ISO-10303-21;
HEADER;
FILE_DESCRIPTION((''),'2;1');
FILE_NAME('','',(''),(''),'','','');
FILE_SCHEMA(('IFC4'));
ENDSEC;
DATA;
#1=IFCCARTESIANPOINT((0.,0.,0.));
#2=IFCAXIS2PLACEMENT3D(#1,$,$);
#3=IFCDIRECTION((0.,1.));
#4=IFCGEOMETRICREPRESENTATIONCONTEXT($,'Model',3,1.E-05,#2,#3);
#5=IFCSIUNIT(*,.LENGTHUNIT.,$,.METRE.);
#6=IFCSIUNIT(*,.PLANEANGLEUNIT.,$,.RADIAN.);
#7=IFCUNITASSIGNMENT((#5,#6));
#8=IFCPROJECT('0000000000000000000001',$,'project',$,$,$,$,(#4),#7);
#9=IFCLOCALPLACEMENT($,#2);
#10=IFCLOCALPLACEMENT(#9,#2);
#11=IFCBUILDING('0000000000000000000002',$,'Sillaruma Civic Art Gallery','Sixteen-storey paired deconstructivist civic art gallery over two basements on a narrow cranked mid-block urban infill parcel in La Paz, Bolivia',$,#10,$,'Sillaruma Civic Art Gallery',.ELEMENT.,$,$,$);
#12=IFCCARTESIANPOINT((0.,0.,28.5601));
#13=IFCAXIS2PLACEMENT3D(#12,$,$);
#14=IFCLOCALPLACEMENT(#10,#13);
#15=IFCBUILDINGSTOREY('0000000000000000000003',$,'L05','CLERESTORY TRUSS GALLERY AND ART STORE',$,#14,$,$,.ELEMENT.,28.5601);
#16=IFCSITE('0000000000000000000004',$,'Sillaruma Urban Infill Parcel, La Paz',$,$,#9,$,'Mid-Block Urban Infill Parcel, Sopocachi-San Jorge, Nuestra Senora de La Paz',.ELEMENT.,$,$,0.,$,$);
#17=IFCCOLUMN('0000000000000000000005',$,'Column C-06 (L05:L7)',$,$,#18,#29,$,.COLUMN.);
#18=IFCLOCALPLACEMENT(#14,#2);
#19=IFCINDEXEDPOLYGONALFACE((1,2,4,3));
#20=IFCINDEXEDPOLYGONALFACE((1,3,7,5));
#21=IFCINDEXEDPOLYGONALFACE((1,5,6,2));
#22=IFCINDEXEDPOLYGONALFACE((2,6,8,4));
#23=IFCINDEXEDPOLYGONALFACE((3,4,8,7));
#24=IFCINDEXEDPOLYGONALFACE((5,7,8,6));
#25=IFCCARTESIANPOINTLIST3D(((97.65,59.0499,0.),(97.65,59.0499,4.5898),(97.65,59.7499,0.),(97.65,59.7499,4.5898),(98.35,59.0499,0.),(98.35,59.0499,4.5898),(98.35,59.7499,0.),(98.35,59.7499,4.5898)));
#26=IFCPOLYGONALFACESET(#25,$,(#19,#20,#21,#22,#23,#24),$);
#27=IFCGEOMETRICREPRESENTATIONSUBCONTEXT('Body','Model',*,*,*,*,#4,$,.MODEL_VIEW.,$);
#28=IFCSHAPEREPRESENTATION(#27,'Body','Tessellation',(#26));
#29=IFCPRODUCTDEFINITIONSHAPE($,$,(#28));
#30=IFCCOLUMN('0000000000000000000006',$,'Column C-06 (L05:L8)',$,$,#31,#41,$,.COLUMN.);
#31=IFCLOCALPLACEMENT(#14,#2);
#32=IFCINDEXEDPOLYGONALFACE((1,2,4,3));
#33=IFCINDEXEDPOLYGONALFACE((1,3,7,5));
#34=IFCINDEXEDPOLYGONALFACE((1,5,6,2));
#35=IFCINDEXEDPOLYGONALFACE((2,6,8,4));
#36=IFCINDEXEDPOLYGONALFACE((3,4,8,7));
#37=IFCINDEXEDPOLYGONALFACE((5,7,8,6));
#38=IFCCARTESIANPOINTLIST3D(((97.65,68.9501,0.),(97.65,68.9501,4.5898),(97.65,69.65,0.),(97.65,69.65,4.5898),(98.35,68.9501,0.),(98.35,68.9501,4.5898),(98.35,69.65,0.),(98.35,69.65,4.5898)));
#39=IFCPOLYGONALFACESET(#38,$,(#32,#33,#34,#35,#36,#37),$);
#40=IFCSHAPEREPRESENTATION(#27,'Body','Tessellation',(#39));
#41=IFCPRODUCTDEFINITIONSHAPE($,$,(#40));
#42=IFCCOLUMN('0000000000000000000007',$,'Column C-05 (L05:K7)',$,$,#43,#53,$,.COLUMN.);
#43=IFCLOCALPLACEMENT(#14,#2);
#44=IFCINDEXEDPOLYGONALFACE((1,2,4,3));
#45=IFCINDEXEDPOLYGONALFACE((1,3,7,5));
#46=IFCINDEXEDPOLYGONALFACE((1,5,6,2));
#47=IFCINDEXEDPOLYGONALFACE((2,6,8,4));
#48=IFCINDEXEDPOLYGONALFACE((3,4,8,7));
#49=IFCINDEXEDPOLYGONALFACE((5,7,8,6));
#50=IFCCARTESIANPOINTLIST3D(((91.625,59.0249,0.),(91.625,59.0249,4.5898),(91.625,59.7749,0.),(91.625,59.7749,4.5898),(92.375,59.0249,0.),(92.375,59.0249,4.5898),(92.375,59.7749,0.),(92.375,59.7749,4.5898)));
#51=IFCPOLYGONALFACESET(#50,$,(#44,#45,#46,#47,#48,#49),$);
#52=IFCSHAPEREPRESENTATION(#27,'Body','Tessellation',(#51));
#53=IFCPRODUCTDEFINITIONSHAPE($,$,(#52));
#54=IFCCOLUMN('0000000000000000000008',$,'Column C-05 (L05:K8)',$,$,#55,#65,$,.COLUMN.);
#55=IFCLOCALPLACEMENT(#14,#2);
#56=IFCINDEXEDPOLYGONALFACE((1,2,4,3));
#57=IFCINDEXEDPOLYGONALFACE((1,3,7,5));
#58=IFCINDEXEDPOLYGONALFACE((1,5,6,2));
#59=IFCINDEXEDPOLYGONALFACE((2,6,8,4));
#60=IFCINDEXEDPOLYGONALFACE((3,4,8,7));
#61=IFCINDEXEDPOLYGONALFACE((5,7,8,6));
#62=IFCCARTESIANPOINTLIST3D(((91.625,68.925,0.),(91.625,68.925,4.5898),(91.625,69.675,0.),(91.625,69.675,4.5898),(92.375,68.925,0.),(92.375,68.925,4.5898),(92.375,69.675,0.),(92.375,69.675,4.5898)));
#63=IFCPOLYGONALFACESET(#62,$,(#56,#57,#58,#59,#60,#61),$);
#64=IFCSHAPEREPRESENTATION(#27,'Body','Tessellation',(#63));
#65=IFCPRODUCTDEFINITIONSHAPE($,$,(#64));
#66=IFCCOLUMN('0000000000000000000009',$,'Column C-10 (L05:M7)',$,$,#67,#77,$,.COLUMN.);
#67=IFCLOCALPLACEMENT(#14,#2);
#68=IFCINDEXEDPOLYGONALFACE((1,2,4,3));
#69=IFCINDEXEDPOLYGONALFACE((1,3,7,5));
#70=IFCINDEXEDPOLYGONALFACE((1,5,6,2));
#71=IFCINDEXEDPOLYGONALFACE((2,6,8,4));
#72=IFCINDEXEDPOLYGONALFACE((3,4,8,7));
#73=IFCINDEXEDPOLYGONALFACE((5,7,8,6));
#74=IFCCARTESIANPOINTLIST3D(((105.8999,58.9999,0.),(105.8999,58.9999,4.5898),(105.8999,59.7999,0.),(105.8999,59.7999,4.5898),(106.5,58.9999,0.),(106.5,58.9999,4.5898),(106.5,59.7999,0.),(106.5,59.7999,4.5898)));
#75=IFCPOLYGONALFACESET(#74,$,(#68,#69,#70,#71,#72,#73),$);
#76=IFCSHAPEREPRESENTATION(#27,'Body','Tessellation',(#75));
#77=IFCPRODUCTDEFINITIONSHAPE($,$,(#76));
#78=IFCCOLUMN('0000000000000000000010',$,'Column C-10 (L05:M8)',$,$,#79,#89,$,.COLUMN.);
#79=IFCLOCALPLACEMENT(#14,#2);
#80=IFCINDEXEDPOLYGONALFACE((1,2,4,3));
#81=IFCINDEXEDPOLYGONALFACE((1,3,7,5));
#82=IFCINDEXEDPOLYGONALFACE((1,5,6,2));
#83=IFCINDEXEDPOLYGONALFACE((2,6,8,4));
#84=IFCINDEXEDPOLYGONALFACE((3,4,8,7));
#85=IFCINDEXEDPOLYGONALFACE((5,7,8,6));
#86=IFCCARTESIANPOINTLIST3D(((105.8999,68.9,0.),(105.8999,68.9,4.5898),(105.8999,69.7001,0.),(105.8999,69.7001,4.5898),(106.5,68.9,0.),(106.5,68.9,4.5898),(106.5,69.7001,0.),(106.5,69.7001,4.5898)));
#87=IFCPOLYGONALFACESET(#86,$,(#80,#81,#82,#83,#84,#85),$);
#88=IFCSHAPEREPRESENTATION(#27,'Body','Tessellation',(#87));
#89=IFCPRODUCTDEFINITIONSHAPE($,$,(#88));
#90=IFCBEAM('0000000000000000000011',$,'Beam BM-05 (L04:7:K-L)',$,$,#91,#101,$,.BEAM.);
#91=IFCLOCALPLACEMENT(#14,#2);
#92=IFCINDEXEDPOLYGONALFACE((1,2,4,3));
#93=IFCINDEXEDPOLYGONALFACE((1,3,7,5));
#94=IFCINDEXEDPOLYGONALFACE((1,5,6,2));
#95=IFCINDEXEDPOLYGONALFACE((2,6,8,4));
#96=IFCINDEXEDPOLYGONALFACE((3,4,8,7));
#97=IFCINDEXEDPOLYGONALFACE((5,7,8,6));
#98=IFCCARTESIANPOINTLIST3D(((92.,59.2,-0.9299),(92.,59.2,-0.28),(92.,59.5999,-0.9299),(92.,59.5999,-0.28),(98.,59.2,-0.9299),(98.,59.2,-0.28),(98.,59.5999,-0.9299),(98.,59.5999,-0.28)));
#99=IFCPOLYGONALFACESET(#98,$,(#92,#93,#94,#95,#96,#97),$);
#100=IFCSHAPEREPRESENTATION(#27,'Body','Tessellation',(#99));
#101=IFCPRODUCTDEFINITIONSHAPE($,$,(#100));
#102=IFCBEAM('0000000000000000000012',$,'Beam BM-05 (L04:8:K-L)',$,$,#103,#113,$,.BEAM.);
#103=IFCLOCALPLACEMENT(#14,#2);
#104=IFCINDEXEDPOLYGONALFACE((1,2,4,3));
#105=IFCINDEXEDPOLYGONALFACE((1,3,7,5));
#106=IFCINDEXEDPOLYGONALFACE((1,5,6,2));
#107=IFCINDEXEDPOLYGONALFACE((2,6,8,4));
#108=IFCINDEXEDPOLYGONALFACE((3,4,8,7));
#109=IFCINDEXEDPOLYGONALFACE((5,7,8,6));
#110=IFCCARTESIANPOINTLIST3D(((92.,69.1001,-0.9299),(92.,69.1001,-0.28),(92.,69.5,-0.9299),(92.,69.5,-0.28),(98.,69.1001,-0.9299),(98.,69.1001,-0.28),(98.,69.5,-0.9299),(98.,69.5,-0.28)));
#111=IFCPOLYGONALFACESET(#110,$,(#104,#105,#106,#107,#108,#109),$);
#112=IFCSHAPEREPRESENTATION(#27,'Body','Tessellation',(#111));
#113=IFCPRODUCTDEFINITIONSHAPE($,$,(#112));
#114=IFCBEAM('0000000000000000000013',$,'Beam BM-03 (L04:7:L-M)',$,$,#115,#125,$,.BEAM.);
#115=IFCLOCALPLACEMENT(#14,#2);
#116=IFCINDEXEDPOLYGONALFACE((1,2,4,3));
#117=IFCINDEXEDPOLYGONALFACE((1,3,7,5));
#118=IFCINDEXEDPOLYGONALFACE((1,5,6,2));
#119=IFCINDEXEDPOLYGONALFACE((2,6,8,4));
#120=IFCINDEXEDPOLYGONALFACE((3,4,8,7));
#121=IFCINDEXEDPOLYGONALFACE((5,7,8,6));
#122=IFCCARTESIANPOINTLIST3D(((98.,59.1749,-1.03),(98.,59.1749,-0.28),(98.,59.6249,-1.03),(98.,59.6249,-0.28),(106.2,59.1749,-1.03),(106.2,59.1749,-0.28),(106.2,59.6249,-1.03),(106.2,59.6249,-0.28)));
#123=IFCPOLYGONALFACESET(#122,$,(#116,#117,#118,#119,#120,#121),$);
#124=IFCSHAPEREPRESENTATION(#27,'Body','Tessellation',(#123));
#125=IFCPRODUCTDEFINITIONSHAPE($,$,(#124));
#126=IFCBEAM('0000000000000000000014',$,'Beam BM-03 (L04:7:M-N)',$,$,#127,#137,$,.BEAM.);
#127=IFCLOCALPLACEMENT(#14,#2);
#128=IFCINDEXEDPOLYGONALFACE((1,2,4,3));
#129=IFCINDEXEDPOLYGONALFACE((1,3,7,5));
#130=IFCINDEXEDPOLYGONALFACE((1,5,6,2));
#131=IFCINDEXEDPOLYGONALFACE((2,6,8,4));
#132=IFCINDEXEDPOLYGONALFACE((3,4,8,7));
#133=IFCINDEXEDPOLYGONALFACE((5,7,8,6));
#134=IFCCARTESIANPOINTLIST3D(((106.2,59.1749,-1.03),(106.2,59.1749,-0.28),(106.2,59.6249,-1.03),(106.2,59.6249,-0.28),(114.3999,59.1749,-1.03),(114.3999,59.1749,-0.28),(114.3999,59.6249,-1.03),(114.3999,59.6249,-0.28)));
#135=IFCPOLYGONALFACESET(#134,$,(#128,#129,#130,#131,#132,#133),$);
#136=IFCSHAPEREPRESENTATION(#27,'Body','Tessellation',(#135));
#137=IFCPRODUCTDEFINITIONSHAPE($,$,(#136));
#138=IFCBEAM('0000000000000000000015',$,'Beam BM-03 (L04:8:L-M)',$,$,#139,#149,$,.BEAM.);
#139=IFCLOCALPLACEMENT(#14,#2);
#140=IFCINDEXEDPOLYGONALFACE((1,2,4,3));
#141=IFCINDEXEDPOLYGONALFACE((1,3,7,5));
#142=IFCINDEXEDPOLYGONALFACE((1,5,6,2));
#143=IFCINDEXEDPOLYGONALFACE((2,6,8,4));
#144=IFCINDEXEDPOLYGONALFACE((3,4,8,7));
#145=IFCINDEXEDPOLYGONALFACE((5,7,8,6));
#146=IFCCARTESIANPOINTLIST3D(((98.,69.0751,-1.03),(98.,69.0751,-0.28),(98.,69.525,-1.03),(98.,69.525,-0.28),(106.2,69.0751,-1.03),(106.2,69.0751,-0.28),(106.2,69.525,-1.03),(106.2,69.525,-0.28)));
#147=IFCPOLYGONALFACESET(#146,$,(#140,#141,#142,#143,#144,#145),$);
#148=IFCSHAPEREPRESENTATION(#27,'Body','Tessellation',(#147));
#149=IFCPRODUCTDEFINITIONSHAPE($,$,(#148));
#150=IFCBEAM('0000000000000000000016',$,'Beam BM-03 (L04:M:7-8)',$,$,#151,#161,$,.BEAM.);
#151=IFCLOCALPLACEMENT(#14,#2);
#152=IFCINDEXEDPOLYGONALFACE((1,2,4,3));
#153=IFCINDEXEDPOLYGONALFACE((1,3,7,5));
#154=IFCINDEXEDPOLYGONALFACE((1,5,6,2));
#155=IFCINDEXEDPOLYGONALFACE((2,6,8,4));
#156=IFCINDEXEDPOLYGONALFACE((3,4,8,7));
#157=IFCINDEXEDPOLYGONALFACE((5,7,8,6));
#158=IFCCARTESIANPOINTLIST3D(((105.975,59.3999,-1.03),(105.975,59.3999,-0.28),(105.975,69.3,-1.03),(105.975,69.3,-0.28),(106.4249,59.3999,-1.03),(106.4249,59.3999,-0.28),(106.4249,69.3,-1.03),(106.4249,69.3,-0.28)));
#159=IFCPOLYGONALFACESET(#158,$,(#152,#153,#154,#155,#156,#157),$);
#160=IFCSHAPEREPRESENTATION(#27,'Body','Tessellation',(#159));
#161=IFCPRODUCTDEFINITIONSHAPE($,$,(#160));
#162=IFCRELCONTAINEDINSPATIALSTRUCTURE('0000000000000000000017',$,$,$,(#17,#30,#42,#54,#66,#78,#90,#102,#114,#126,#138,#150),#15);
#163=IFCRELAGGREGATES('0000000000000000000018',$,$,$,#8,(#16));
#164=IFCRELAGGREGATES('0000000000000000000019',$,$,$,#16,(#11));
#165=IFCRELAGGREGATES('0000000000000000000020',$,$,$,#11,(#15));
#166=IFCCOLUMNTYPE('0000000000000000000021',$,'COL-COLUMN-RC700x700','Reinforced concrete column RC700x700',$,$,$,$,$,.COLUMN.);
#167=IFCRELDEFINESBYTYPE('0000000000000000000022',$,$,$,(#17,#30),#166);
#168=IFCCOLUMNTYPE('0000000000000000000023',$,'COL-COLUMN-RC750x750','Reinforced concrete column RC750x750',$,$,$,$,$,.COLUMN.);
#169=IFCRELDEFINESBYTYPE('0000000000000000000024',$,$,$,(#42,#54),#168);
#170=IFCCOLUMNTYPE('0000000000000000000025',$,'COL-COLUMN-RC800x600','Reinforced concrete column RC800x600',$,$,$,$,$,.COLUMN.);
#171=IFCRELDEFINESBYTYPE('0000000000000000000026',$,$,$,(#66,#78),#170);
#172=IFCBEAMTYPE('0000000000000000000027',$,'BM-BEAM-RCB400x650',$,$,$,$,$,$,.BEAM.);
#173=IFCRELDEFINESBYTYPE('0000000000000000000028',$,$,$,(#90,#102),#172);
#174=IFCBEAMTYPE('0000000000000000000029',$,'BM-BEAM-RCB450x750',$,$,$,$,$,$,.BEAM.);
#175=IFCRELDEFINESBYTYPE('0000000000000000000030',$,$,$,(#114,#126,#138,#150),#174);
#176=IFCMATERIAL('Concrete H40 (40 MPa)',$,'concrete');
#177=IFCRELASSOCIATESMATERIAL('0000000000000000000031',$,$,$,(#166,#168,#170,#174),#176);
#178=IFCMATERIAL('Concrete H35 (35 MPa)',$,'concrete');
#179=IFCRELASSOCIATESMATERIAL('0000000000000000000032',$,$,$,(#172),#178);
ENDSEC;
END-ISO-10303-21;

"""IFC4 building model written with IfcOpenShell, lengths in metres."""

from ifc_helpers import new_model, si_unit, direction, frame, origin, origin_2d, place, context, subcontext, project, spatial, rectangle, extrude, material, material_profile, profile_set, type_object, element, save


model = new_model("IFC4")

# Units and contexts
model_context = context("Model", 3, precision=1e-05, world=origin(), true_north=direction((0.0, 1.0)))
body_context = subcontext(model_context, "Body", "Model", "MODEL_VIEW")
ifc_project = project(units=[si_unit("LENGTHUNIT", "METRE"), si_unit("PLANEANGLEUNIT", "RADIAN")], contexts=[model_context])

# Site, building, storey
site_placement = place(None, origin())
site = spatial("IfcSite", under=ifc_project, at=site_placement, Name="Sillaruma Urban Infill Parcel, La Paz", LongName="Mid-Block Urban Infill Parcel, Sopocachi-San Jorge, Nuestra Senora de La Paz", CompositionType="ELEMENT", RefElevation=0.0)
building_placement = place(site_placement, origin())
building = spatial("IfcBuilding", under=site, at=building_placement, Name="Sillaruma Civic Art Gallery", Description="Sixteen-storey paired deconstructivist civic art gallery over two basements on a narrow cranked mid-block urban infill parcel in La Paz, Bolivia", LongName="Sillaruma Civic Art Gallery", CompositionType="ELEMENT")
storey_placement = place(building_placement, frame((0.0, 0.0, 28.5601)))
storey = spatial("IfcBuildingStorey", under=building, at=storey_placement, Name="L05", Description="CLERESTORY TRUSS GALLERY AND ART STORE", CompositionType="ELEMENT", Elevation=28.5601)

# Columns
ifc_material_1 = material(Name="Concrete H40 (40 MPa)", Category="concrete")
ifc_material_profile_1 = material_profile(ifc_material_1, rectangle(XDim=0.7, YDim=0.7, at=origin_2d()), Name="RC700x700")
ifc_profile_set_1 = profile_set([ifc_material_profile_1], Name="Concrete H40 (40 MPa)")
column_type_1 = type_object("IfcColumnType", Name="COL-COLUMN-RC700x700", Description="Reinforced concrete column RC700x700", PredefinedType="COLUMN", material=ifc_profile_set_1)
for number, where, z_axis, x_axis, name in (
    (1, (98.0, 59.3999, 0.0), (0.0, 0.0, 1.0), (1.0, 0.0, 0.0), "Column C-06 (L05:L7)"),
    (2, (98.0, 69.3, 0.0), (0.0, 0.0, 1.0), (1.0, 0.0, 0.0), "Column C-06 (L05:L8)"),
):
    element("IfcColumn", number, at=place(storey_placement, frame(where, z_axis=z_axis, x_axis=x_axis)), inside=storey, type_object=column_type_1, Name=name, PredefinedType="COLUMN", context=body_context, shape_type="SweptSolid", body=[
        extrude(rectangle(XDim=0.7, YDim=0.7, at=origin_2d()), origin(), (0.0, 0.0, 1.0), 4.5898),
    ])
ifc_material_profile_2 = material_profile(ifc_material_1, rectangle(XDim=0.75, YDim=0.75, at=origin_2d()), Name="RC750x750")
ifc_profile_set_2 = profile_set([ifc_material_profile_2], Name="Concrete H40 (40 MPa)")
column_type_2 = type_object("IfcColumnType", Name="COL-COLUMN-RC750x750", Description="Reinforced concrete column RC750x750", PredefinedType="COLUMN", material=ifc_profile_set_2)
for number, where, z_axis, x_axis, name in (
    (3, (92.0, 59.3999, 0.0), (0.0, 0.0, 1.0), (1.0, 0.0, 0.0), "Column C-05 (L05:K7)"),
    (4, (92.0, 69.3, 0.0), (0.0, 0.0, 1.0), (1.0, 0.0, 0.0), "Column C-05 (L05:K8)"),
):
    element("IfcColumn", number, at=place(storey_placement, frame(where, z_axis=z_axis, x_axis=x_axis)), inside=storey, type_object=column_type_2, Name=name, PredefinedType="COLUMN", context=body_context, shape_type="SweptSolid", body=[
        extrude(rectangle(XDim=0.75, YDim=0.75, at=origin_2d()), origin(), (0.0, 0.0, 1.0), 4.5898),
    ])
ifc_material_profile_3 = material_profile(ifc_material_1, rectangle(XDim=0.6001, YDim=0.8, at=origin_2d()), Name="RC800x600")
ifc_profile_set_3 = profile_set([ifc_material_profile_3], Name="Concrete H40 (40 MPa)")
column_type_3 = type_object("IfcColumnType", Name="COL-COLUMN-RC800x600", Description="Reinforced concrete column RC800x600", PredefinedType="COLUMN", material=ifc_profile_set_3)
for number, where, z_axis, x_axis, name in (
    (5, (106.2, 59.3999, 0.0), (0.0, 0.0, 1.0), (1.0, 0.0, 0.0), "Column C-10 (L05:M7)"),
    (6, (106.2, 69.3, 0.0), (0.0, 0.0, 1.0), (1.0, 0.0, 0.0), "Column C-10 (L05:M8)"),
):
    element("IfcColumn", number, at=place(storey_placement, frame(where, z_axis=z_axis, x_axis=x_axis)), inside=storey, type_object=column_type_3, Name=name, PredefinedType="COLUMN", context=body_context, shape_type="SweptSolid", body=[
        extrude(rectangle(XDim=0.6001, YDim=0.8, at=origin_2d()), origin(), (0.0, 0.0, 1.0), 4.5898),
    ])

# Beams
ifc_material_2 = material(Name="Concrete H35 (35 MPa)", Category="concrete")
ifc_material_profile_4 = material_profile(ifc_material_2, rectangle(XDim=0.3999, YDim=0.6499, at=origin_2d()), Name="RCB400x650")
ifc_profile_set_4 = profile_set([ifc_material_profile_4], Name="Concrete H35 (35 MPa)")
beam_type_1 = type_object("IfcBeamType", Name="BM-BEAM-RCB400x650", PredefinedType="BEAM", material=ifc_profile_set_4)
for number, where, z_axis, x_axis, name in (
    (7, (92.0, 59.3999, -0.605), (1.0, 0.0, 0.0), (0.0, 1.0, 0.0), "Beam BM-05 (L04:7:K-L)"),
    (8, (92.0, 69.3, -0.605), (1.0, 0.0, 0.0), (0.0, 1.0, 0.0), "Beam BM-05 (L04:8:K-L)"),
):
    element("IfcBeam", number, at=place(storey_placement, frame(where, z_axis=z_axis, x_axis=x_axis)), inside=storey, type_object=beam_type_1, Name=name, PredefinedType="BEAM", context=body_context, shape_type="SweptSolid", body=[
        extrude(rectangle(XDim=0.3999, YDim=0.6499, at=origin_2d()), origin(), (0.0, 0.0, 1.0), 6.0),
    ])
ifc_material_profile_5 = material_profile(ifc_material_1, rectangle(XDim=0.45, YDim=0.75, at=origin_2d()), Name="RCB450x750")
ifc_profile_set_5 = profile_set([ifc_material_profile_5], Name="Concrete H40 (40 MPa)")
beam_type_2 = type_object("IfcBeamType", Name="BM-BEAM-RCB450x750", PredefinedType="BEAM", material=ifc_profile_set_5)
for number, where, z_axis, x_axis, name in (
    (9, (98.0, 59.3999, -0.655), (1.0, 0.0, 0.0), (0.0, 1.0, 0.0), "Beam BM-03 (L04:7:L-M)"),
    (10, (106.2, 59.3999, -0.655), (1.0, 0.0, 0.0), (0.0, 1.0, 0.0), "Beam BM-03 (L04:7:M-N)"),
    (11, (98.0, 69.3, -0.655), (1.0, 0.0, 0.0), (0.0, 1.0, 0.0), "Beam BM-03 (L04:8:L-M)"),
):
    element("IfcBeam", number, at=place(storey_placement, frame(where, z_axis=z_axis, x_axis=x_axis)), inside=storey, type_object=beam_type_2, Name=name, PredefinedType="BEAM", context=body_context, shape_type="SweptSolid", body=[
        extrude(rectangle(XDim=0.45, YDim=0.75, at=origin_2d()), origin(), (0.0, 0.0, 1.0), 8.2),
    ])
beam_1_placement = place(storey_placement, frame((106.2, 59.3999, -0.655), z_axis=(0.0, 1.0, 0.0), x_axis=(-1.0, 0.0, 0.0)))
element("IfcBeam", 12, at=beam_1_placement, inside=storey, type_object=beam_type_2, Name="Beam BM-03 (L04:M:7-8)", PredefinedType="BEAM", context=body_context, shape_type="SweptSolid", body=[
    extrude(rectangle(XDim=0.45, YDim=0.75, at=origin_2d()), origin(), (0.0, 0.0, 1.0), 9.9001),
])

save(model, "model.ifc")
